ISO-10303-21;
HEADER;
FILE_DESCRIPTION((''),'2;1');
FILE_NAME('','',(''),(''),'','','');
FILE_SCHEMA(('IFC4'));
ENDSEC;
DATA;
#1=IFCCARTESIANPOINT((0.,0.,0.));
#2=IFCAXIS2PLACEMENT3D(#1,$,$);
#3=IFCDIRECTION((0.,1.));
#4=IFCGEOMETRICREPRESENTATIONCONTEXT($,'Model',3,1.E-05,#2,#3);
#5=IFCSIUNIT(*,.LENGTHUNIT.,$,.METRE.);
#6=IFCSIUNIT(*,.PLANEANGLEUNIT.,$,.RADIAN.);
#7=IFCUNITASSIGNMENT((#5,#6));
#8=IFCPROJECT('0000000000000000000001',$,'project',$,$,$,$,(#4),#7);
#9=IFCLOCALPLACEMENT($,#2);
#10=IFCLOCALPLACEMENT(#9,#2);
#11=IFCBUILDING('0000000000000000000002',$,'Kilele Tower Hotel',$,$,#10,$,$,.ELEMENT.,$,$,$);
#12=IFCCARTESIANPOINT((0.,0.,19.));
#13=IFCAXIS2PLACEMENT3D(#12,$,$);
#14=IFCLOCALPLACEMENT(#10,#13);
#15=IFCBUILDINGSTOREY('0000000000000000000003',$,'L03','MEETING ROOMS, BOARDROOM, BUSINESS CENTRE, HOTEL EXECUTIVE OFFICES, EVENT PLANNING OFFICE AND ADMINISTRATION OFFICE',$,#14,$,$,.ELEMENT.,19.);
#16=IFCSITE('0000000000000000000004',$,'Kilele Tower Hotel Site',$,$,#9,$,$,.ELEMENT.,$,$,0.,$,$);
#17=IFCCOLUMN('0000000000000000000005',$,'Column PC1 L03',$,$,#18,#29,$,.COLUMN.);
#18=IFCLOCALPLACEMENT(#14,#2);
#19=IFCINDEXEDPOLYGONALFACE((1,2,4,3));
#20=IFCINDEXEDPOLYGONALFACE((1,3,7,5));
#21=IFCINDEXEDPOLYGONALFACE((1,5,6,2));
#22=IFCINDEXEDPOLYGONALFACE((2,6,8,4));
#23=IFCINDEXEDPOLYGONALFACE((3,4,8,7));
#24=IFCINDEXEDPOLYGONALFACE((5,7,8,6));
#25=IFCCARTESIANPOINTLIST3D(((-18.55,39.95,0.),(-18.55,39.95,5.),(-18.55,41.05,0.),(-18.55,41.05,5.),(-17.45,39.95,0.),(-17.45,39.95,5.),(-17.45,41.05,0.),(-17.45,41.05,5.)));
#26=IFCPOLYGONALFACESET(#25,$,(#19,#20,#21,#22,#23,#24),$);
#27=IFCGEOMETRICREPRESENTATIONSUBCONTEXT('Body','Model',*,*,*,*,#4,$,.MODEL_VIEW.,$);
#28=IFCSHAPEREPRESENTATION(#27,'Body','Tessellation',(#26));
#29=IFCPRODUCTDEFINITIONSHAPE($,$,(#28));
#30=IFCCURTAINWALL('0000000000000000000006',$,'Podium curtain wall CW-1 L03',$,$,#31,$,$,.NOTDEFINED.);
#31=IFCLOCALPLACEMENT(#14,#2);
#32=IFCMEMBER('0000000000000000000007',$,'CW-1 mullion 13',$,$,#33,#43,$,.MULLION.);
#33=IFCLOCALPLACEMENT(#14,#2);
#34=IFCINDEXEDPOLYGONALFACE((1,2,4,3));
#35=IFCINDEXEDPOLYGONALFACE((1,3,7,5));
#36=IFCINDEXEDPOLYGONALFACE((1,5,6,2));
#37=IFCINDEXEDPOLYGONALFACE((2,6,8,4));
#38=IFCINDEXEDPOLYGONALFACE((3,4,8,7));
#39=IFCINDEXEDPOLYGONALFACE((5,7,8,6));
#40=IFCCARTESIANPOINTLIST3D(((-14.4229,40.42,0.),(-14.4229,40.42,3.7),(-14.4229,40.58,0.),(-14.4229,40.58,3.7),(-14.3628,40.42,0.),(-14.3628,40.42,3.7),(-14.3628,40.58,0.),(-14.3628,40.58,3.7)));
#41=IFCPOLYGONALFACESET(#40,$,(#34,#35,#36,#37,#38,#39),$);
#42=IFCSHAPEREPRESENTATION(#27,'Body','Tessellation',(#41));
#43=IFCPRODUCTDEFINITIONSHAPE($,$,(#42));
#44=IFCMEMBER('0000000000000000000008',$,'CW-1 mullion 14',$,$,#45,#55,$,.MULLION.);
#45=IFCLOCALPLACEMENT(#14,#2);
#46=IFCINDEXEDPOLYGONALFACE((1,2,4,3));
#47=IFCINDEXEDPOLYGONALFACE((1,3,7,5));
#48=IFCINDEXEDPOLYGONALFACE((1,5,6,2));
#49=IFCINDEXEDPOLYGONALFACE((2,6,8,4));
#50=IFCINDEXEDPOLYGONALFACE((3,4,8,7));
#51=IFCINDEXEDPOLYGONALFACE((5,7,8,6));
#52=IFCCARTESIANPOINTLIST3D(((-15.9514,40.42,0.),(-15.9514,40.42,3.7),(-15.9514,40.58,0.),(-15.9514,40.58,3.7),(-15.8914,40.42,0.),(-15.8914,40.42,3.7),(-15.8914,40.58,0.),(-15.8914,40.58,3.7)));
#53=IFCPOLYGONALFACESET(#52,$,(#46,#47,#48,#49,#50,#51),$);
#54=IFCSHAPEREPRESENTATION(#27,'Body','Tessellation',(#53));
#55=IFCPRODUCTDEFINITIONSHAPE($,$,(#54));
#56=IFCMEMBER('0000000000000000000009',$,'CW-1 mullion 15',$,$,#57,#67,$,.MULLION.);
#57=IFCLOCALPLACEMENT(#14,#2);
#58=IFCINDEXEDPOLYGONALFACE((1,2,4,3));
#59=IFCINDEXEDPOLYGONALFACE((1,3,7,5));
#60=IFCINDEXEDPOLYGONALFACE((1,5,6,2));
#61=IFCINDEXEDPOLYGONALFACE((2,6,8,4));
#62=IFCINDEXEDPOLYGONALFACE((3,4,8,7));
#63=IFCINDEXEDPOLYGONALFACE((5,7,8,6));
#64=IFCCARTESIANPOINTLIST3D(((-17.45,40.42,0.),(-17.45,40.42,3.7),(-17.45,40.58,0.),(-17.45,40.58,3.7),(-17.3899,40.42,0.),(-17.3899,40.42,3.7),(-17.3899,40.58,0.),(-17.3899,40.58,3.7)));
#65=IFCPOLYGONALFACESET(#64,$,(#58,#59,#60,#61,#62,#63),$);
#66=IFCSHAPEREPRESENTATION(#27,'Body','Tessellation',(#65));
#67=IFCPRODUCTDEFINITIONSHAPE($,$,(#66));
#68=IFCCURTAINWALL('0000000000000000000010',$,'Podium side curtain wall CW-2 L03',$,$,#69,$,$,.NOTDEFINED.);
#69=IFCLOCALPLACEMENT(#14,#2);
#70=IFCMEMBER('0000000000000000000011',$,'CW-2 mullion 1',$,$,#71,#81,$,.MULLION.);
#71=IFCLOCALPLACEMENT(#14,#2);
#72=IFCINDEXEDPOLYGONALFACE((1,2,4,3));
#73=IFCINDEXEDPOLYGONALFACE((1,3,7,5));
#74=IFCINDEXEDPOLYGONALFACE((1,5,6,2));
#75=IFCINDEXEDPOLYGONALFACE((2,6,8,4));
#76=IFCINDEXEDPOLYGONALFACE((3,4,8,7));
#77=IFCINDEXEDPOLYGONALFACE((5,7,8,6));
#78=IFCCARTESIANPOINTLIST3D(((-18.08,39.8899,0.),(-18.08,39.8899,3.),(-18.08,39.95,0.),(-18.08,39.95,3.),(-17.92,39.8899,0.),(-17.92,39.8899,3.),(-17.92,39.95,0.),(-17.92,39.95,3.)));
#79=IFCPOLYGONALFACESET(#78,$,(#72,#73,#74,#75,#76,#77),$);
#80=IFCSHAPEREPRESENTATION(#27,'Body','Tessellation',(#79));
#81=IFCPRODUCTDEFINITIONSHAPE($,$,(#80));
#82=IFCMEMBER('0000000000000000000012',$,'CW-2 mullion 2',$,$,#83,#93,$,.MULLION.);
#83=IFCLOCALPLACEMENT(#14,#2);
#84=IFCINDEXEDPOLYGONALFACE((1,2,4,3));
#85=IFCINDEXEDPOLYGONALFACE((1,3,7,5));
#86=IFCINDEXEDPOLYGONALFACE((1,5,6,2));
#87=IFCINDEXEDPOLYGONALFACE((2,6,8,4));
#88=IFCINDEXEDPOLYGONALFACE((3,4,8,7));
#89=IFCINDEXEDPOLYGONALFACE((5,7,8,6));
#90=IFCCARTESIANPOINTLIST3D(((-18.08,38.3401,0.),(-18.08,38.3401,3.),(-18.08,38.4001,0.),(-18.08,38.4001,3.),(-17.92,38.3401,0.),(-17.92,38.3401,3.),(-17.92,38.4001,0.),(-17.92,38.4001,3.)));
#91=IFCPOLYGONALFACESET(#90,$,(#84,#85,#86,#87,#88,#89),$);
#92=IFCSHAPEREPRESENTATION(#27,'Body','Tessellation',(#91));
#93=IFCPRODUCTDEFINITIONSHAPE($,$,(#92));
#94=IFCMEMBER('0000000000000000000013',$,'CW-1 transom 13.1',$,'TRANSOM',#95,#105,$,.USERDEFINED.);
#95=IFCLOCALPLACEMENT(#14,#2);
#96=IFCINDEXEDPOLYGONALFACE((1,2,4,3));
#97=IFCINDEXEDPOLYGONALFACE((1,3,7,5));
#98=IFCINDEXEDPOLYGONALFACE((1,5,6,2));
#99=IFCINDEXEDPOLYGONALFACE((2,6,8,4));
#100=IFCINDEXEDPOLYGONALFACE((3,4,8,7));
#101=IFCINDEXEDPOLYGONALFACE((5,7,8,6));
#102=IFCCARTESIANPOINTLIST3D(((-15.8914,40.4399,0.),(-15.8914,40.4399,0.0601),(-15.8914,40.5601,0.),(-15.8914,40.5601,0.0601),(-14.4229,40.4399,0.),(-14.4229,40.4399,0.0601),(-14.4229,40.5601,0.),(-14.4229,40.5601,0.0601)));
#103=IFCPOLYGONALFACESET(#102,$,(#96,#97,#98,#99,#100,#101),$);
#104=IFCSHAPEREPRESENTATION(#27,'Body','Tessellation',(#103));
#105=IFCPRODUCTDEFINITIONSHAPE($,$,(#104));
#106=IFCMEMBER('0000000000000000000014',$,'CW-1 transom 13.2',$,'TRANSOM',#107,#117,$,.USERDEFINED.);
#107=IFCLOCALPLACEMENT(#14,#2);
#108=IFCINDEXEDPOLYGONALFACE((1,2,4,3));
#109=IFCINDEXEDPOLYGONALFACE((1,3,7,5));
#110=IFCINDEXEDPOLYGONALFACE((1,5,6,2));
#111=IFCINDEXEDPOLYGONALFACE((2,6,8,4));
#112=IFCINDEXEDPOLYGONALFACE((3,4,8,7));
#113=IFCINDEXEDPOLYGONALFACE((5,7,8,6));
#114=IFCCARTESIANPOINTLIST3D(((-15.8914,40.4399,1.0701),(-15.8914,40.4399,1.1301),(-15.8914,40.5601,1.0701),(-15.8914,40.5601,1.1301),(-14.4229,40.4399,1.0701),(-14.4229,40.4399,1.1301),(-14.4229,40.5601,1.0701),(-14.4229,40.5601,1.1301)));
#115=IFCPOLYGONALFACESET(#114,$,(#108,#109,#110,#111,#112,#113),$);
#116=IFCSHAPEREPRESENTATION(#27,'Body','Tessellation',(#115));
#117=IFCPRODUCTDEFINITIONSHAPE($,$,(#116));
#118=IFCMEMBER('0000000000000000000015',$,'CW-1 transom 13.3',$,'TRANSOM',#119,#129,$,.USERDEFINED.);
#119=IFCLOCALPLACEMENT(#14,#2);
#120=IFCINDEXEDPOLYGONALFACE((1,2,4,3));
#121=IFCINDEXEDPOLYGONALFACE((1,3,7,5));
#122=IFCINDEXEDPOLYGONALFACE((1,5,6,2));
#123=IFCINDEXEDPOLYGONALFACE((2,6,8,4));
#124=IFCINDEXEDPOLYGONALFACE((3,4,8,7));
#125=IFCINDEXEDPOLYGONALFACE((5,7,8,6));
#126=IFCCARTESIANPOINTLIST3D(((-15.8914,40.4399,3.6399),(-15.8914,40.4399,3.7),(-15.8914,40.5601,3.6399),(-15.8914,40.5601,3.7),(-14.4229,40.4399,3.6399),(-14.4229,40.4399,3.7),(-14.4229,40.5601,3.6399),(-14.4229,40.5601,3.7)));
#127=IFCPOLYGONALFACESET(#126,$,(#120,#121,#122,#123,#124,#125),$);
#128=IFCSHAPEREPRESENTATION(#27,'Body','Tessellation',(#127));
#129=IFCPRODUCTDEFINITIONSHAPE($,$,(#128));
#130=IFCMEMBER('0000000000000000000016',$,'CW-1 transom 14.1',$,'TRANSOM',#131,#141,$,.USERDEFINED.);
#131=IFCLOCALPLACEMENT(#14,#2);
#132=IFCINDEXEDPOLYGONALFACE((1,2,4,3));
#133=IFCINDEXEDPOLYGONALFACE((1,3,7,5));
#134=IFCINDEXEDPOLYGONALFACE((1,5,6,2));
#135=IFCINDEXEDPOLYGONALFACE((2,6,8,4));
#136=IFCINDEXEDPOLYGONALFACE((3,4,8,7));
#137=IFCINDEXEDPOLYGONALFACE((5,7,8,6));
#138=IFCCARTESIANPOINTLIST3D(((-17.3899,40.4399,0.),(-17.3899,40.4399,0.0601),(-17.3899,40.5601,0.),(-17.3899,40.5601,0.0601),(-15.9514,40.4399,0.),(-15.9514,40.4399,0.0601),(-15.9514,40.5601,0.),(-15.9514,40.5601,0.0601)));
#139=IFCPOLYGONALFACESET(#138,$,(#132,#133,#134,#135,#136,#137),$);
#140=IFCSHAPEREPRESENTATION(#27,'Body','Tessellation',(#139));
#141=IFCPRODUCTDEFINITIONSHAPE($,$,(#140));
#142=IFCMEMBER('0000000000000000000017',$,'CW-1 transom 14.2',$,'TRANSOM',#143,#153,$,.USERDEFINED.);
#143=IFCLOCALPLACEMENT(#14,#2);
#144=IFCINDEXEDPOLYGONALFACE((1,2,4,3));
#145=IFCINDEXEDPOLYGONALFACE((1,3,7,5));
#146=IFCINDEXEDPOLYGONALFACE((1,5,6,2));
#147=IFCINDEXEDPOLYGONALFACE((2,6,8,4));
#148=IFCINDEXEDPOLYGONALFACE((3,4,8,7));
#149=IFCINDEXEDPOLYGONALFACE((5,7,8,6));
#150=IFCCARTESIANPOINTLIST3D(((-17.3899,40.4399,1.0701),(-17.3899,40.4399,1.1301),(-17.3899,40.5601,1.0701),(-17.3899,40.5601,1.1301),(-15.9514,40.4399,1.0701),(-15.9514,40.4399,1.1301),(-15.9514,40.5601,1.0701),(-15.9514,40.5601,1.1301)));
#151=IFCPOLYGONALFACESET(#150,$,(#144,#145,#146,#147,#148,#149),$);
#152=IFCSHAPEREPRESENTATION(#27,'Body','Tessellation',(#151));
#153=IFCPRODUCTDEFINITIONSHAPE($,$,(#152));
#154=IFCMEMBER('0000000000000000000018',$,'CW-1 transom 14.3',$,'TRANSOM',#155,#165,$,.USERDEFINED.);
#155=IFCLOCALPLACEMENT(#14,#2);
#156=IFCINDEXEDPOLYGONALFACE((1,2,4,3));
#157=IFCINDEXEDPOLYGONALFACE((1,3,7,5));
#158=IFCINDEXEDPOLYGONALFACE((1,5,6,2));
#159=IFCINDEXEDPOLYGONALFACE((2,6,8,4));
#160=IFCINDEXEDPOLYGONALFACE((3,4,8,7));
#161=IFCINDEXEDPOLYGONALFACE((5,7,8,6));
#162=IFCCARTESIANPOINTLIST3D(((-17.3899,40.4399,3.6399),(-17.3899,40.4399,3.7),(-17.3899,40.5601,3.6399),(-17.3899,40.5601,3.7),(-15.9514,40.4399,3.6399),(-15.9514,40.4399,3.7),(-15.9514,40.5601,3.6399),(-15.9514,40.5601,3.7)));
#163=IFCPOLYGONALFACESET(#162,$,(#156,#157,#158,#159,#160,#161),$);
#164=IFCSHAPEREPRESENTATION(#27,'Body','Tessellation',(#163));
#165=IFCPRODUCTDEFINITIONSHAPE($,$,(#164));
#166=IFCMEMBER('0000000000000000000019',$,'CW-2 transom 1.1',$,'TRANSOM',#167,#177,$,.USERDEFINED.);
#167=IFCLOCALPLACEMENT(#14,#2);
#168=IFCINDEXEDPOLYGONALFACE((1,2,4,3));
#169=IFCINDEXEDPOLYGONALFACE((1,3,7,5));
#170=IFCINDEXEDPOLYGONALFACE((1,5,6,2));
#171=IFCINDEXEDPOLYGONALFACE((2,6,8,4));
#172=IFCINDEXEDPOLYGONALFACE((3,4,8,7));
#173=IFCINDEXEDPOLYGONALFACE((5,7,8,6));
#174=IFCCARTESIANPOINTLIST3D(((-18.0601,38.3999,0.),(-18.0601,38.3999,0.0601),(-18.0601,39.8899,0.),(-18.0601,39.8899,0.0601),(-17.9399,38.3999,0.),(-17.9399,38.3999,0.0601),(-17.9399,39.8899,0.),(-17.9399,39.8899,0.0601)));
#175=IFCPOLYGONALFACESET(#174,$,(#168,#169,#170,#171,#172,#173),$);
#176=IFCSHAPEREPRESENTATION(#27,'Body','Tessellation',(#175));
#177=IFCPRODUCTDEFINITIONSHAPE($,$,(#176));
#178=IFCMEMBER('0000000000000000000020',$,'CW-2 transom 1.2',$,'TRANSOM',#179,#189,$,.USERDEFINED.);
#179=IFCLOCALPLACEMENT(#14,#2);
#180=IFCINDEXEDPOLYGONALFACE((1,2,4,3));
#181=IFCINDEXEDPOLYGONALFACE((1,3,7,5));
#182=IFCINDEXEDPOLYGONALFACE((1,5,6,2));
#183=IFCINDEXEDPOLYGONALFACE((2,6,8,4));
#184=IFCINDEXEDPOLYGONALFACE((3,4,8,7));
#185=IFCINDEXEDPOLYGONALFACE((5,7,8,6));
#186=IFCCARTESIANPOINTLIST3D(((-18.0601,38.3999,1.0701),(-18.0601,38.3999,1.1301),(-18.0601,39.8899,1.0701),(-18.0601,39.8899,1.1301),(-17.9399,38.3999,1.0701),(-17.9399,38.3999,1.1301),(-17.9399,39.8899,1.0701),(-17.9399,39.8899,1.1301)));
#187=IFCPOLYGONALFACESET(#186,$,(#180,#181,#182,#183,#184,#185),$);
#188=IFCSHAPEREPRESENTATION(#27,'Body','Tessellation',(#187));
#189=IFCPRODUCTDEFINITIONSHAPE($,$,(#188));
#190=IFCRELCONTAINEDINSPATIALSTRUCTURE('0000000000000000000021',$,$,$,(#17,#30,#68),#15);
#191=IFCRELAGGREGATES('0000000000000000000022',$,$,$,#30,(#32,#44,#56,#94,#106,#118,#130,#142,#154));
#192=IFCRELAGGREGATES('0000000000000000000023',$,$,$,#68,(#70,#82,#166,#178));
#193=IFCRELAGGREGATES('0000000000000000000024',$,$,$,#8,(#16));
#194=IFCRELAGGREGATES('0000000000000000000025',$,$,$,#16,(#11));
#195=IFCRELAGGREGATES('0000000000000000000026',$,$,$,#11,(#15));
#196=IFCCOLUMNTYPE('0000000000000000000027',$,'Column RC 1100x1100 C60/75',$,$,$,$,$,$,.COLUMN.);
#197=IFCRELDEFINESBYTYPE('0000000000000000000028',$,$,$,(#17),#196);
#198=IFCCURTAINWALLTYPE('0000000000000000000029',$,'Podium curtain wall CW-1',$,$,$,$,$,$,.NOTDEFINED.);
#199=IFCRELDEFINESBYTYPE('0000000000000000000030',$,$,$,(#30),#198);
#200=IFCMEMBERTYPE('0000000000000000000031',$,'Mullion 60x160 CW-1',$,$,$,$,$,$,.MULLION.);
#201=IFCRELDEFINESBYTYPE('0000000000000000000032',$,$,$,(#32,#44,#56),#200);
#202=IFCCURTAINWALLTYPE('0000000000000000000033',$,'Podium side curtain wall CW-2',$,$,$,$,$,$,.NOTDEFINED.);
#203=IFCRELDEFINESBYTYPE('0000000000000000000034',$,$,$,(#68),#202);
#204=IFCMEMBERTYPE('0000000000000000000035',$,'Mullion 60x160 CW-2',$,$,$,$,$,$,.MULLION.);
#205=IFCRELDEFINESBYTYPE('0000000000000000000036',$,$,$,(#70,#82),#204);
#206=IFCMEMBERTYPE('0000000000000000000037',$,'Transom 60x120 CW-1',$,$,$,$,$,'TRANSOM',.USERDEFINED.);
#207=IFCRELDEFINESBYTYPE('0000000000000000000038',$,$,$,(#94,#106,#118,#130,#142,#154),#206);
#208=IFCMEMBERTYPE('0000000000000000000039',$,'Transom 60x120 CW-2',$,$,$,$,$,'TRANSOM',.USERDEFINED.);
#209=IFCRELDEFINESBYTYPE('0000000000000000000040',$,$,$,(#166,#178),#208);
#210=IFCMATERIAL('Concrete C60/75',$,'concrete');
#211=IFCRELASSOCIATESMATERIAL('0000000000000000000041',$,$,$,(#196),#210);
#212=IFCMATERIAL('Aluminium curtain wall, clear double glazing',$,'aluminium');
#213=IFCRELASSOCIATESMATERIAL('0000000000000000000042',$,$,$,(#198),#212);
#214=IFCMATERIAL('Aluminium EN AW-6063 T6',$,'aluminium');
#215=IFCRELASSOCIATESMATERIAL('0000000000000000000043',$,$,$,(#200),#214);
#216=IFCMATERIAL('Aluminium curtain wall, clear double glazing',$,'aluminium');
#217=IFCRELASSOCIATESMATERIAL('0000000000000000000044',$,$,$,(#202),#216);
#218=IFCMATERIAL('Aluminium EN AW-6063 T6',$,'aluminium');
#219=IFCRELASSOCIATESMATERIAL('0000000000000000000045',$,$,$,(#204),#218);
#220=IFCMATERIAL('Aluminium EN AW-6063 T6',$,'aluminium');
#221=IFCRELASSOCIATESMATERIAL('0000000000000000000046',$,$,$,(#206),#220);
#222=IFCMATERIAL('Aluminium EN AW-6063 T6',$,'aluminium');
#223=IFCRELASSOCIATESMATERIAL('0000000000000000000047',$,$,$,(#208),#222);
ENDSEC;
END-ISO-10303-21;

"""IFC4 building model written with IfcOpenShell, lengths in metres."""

from ifc_helpers import new_model, si_unit, direction, frame, origin, origin_2d, place, context, subcontext, project, spatial, rectangle, extrude, material, material_profile, profile_set, type_object, element, aggregate, save


model = new_model("IFC4")

# Units and contexts
model_context = context("Model", 3, precision=1e-05, world=origin(), true_north=direction((0.0, 1.0)))
body_context = subcontext(model_context, "Body", "Model", "MODEL_VIEW")
ifc_project = project(units=[si_unit("LENGTHUNIT", "METRE"), si_unit("PLANEANGLEUNIT", "RADIAN")], contexts=[model_context])

# Site, building, storey
site_placement = place(None, origin())
site = spatial("IfcSite", under=ifc_project, at=site_placement, Name="Kilele Tower Hotel Site", CompositionType="ELEMENT", RefElevation=0.0)
building_placement = place(site_placement, origin())
building = spatial("IfcBuilding", under=site, at=building_placement, Name="Kilele Tower Hotel", CompositionType="ELEMENT")
storey_placement = place(building_placement, frame((0.0, 0.0, 19.0)))
storey = spatial("IfcBuildingStorey", under=building, at=storey_placement, Name="L03", Description="MEETING ROOMS, BOARDROOM, BUSINESS CENTRE, HOTEL EXECUTIVE OFFICES, EVENT PLANNING OFFICE AND ADMINISTRATION OFFICE", CompositionType="ELEMENT", Elevation=19.0)

# Column
ifc_material_1 = material(Name="Concrete C60/75", Category="concrete")
ifc_material_profile_1 = material_profile(ifc_material_1, rectangle(XDim=1.1001, YDim=1.1001, at=origin_2d()))
ifc_profile_set_1 = profile_set([ifc_material_profile_1], Name="Concrete C60/75")
column_type = type_object("IfcColumnType", Name="Column RC 1100x1100 C60/75", PredefinedType="COLUMN", material=ifc_profile_set_1)
column_placement = place(storey_placement, frame((-18.0, 40.5, 0.0), z_axis=(0.0, 0.0, 1.0), x_axis=(1.0, 0.0, 0.0)))
element("IfcColumn", 1, at=column_placement, inside=storey, type_object=column_type, Name="Column PC1 L03", PredefinedType="COLUMN", context=body_context, shape_type="SweptSolid", body=[
    extrude(rectangle(XDim=1.1001, YDim=1.1001, at=origin_2d()), origin(), (0.0, 0.0, 1.0), 5.0),
])

# Curtain walls, members
ifc_material_2 = material(Name="Aluminium curtain wall, clear double glazing", Category="aluminium")
curtain_wall_type_1 = type_object("IfcCurtainWallType", Name="Podium curtain wall CW-1", PredefinedType="NOTDEFINED", material=ifc_material_2)
curtain_wall_1_placement = place(storey_placement, origin())
curtain_wall_1 = element("IfcCurtainWall", 2, at=curtain_wall_1_placement, inside=storey, type_object=curtain_wall_type_1, Name="Podium curtain wall CW-1 L03", PredefinedType="NOTDEFINED")
ifc_material_3 = material(Name="Aluminium EN AW-6063 T6", Category="aluminium")
ifc_material_profile_2 = material_profile(ifc_material_3, rectangle(XDim=0.1599, YDim=0.0601, at=origin_2d()))
ifc_profile_set_2 = profile_set([ifc_material_profile_2], Name="Aluminium EN AW-6063 T6")
member_type_1 = type_object("IfcMemberType", Name="Mullion 60x160 CW-1", PredefinedType="MULLION", material=ifc_profile_set_2)
member_1_placement = place(storey_placement, frame((-14.3928, 40.5, 0.0), z_axis=(0.0, 0.0, 1.0), x_axis=(0.0, -1.0, 0.0)))
member_1 = element("IfcMember", 3, at=member_1_placement, type_object=member_type_1, Name="CW-1 mullion 13", PredefinedType="MULLION", context=body_context, shape_type="SweptSolid", body=[
    extrude(rectangle(XDim=0.1599, YDim=0.0601, at=origin_2d()), origin(), (0.0, 0.0, 1.0), 3.7),
])
member_2_placement = place(storey_placement, frame((-15.9214, 40.5, 0.0), z_axis=(0.0, 0.0, 1.0), x_axis=(0.0, -1.0, 0.0)))
member_2 = element("IfcMember", 4, at=member_2_placement, type_object=member_type_1, Name="CW-1 mullion 14", PredefinedType="MULLION", context=body_context, shape_type="SweptSolid", body=[
    extrude(rectangle(XDim=0.1599, YDim=0.0601, at=origin_2d()), origin(), (0.0, 0.0, 1.0), 3.7),
])
member_3_placement = place(storey_placement, frame((-17.4199, 40.5, 0.0), z_axis=(0.0, 0.0, 1.0), x_axis=(0.0, -1.0, 0.0)))
member_3 = element("IfcMember", 5, at=member_3_placement, type_object=member_type_1, Name="CW-1 mullion 15", PredefinedType="MULLION", context=body_context, shape_type="SweptSolid", body=[
    extrude(rectangle(XDim=0.1599, YDim=0.0601, at=origin_2d()), origin(), (0.0, 0.0, 1.0), 3.7),
])
ifc_material_4 = material(Name="Aluminium curtain wall, clear double glazing", Category="aluminium")
curtain_wall_type_2 = type_object("IfcCurtainWallType", Name="Podium side curtain wall CW-2", PredefinedType="NOTDEFINED", material=ifc_material_4)
curtain_wall_2_placement = place(storey_placement, origin())
curtain_wall_2 = element("IfcCurtainWall", 6, at=curtain_wall_2_placement, inside=storey, type_object=curtain_wall_type_2, Name="Podium side curtain wall CW-2 L03", PredefinedType="NOTDEFINED")
ifc_material_5 = material(Name="Aluminium EN AW-6063 T6", Category="aluminium")
ifc_material_profile_3 = material_profile(ifc_material_5, rectangle(XDim=0.1599, YDim=0.0601, at=origin_2d()))
ifc_profile_set_3 = profile_set([ifc_material_profile_3], Name="Aluminium EN AW-6063 T6")
member_type_2 = type_object("IfcMemberType", Name="Mullion 60x160 CW-2", PredefinedType="MULLION", material=ifc_profile_set_3)
member_4_placement = place(storey_placement, frame((-18.0, 39.9199, 0.0), z_axis=(0.0, 0.0, 1.0), x_axis=(1.0, 0.0, 0.0)))
member_4 = element("IfcMember", 7, at=member_4_placement, type_object=member_type_2, Name="CW-2 mullion 1", PredefinedType="MULLION", context=body_context, shape_type="SweptSolid", body=[
    extrude(rectangle(XDim=0.1599, YDim=0.0601, at=origin_2d()), origin(), (0.0, 0.0, 1.0), 3.0),
])
member_5_placement = place(storey_placement, frame((-18.0, 38.3701, 0.0), z_axis=(0.0, 0.0, 1.0), x_axis=(1.0, 0.0, 0.0)))
member_5 = element("IfcMember", 8, at=member_5_placement, type_object=member_type_2, Name="CW-2 mullion 2", PredefinedType="MULLION", context=body_context, shape_type="SweptSolid", body=[
    extrude(rectangle(XDim=0.1599, YDim=0.0601, at=origin_2d()), origin(), (0.0, 0.0, 1.0), 3.0),
])

# Members
ifc_material_6 = material(Name="Aluminium EN AW-6063 T6", Category="aluminium")
ifc_material_profile_4 = material_profile(ifc_material_6, rectangle(XDim=0.1201, YDim=0.0601, at=origin_2d()))
ifc_profile_set_4 = profile_set([ifc_material_profile_4], Name="Aluminium EN AW-6063 T6")
member_type_3 = type_object("IfcMemberType", Name="Transom 60x120 CW-1", ElementType="TRANSOM", PredefinedType="USERDEFINED", material=ifc_profile_set_4)
member_6_placement = place(storey_placement, frame((-14.4229, 40.5, 0.03), z_axis=(-1.0, 0.0, 0.0), x_axis=(0.0, -1.0, 0.0)))
member_6 = element("IfcMember", 9, at=member_6_placement, type_object=member_type_3, Name="CW-1 transom 13.1", ObjectType="TRANSOM", PredefinedType="USERDEFINED", context=body_context, shape_type="SweptSolid", body=[
    extrude(rectangle(XDim=0.1201, YDim=0.0601, at=origin_2d()), origin(), (0.0, 0.0, 1.0), 1.4685),
])
member_7_placement = place(storey_placement, frame((-14.4229, 40.5, 1.1001), z_axis=(-1.0, 0.0, 0.0), x_axis=(0.0, -1.0, 0.0)))
member_7 = element("IfcMember", 10, at=member_7_placement, type_object=member_type_3, Name="CW-1 transom 13.2", ObjectType="TRANSOM", PredefinedType="USERDEFINED", context=body_context, shape_type="SweptSolid", body=[
    extrude(rectangle(XDim=0.1201, YDim=0.0601, at=origin_2d()), origin(), (0.0, 0.0, 1.0), 1.4685),
])
member_8_placement = place(storey_placement, frame((-14.4229, 40.5, 3.6699), z_axis=(-1.0, 0.0, 0.0), x_axis=(0.0, -1.0, 0.0)))
member_8 = element("IfcMember", 11, at=member_8_placement, type_object=member_type_3, Name="CW-1 transom 13.3", ObjectType="TRANSOM", PredefinedType="USERDEFINED", context=body_context, shape_type="SweptSolid", body=[
    extrude(rectangle(XDim=0.1201, YDim=0.0601, at=origin_2d()), origin(), (0.0, 0.0, 1.0), 1.4685),
])
member_9_placement = place(storey_placement, frame((-15.9514, 40.5, 0.03), z_axis=(-1.0, 0.0, 0.0), x_axis=(0.0, -1.0, 0.0)))
member_9 = element("IfcMember", 12, at=member_9_placement, type_object=member_type_3, Name="CW-1 transom 14.1", ObjectType="TRANSOM", PredefinedType="USERDEFINED", context=body_context, shape_type="SweptSolid", body=[
    extrude(rectangle(XDim=0.1201, YDim=0.0601, at=origin_2d()), origin(), (0.0, 0.0, 1.0), 1.4385),
])
member_10_placement = place(storey_placement, frame((-15.9514, 40.5, 1.1001), z_axis=(-1.0, 0.0, 0.0), x_axis=(0.0, -1.0, 0.0)))
member_10 = element("IfcMember", 13, at=member_10_placement, type_object=member_type_3, Name="CW-1 transom 14.2", ObjectType="TRANSOM", PredefinedType="USERDEFINED", context=body_context, shape_type="SweptSolid", body=[
    extrude(rectangle(XDim=0.1201, YDim=0.0601, at=origin_2d()), origin(), (0.0, 0.0, 1.0), 1.4385),
])
member_11_placement = place(storey_placement, frame((-15.9514, 40.5, 3.6699), z_axis=(-1.0, 0.0, 0.0), x_axis=(0.0, -1.0, 0.0)))
member_11 = element("IfcMember", 14, at=member_11_placement, type_object=member_type_3, Name="CW-1 transom 14.3", ObjectType="TRANSOM", PredefinedType="USERDEFINED", context=body_context, shape_type="SweptSolid", body=[
    extrude(rectangle(XDim=0.1201, YDim=0.0601, at=origin_2d()), origin(), (0.0, 0.0, 1.0), 1.4385),
])
ifc_material_7 = material(Name="Aluminium EN AW-6063 T6", Category="aluminium")
ifc_material_profile_5 = material_profile(ifc_material_7, rectangle(XDim=0.1201, YDim=0.0601, at=origin_2d()))
ifc_profile_set_5 = profile_set([ifc_material_profile_5], Name="Aluminium EN AW-6063 T6")
member_type_4 = type_object("IfcMemberType", Name="Transom 60x120 CW-2", ElementType="TRANSOM", PredefinedType="USERDEFINED", material=ifc_profile_set_5)
member_12_placement = place(storey_placement, frame((-18.0, 39.8899, 0.03), z_axis=(0.0, -1.0, 0.0), x_axis=(1.0, 0.0, 0.0)))
member_12 = element("IfcMember", 15, at=member_12_placement, type_object=member_type_4, Name="CW-2 transom 1.1", ObjectType="TRANSOM", PredefinedType="USERDEFINED", context=body_context, shape_type="SweptSolid", body=[
    extrude(rectangle(XDim=0.1201, YDim=0.0601, at=origin_2d()), origin(), (0.0, 0.0, 1.0), 1.49),
])
member_13_placement = place(storey_placement, frame((-18.0, 39.8899, 1.1001), z_axis=(0.0, -1.0, 0.0), x_axis=(1.0, 0.0, 0.0)))
member_13 = element("IfcMember", 16, at=member_13_placement, type_object=member_type_4, Name="CW-2 transom 1.2", ObjectType="TRANSOM", PredefinedType="USERDEFINED", context=body_context, shape_type="SweptSolid", body=[
    extrude(rectangle(XDim=0.1201, YDim=0.0601, at=origin_2d()), origin(), (0.0, 0.0, 1.0), 1.49),
])

aggregate(curtain_wall_1, [member_1, member_2, member_3, member_6, member_7, member_8, member_9, member_10, member_11])
aggregate(curtain_wall_2, [member_4, member_5, member_12, member_13])

save(model, "model.ifc")
